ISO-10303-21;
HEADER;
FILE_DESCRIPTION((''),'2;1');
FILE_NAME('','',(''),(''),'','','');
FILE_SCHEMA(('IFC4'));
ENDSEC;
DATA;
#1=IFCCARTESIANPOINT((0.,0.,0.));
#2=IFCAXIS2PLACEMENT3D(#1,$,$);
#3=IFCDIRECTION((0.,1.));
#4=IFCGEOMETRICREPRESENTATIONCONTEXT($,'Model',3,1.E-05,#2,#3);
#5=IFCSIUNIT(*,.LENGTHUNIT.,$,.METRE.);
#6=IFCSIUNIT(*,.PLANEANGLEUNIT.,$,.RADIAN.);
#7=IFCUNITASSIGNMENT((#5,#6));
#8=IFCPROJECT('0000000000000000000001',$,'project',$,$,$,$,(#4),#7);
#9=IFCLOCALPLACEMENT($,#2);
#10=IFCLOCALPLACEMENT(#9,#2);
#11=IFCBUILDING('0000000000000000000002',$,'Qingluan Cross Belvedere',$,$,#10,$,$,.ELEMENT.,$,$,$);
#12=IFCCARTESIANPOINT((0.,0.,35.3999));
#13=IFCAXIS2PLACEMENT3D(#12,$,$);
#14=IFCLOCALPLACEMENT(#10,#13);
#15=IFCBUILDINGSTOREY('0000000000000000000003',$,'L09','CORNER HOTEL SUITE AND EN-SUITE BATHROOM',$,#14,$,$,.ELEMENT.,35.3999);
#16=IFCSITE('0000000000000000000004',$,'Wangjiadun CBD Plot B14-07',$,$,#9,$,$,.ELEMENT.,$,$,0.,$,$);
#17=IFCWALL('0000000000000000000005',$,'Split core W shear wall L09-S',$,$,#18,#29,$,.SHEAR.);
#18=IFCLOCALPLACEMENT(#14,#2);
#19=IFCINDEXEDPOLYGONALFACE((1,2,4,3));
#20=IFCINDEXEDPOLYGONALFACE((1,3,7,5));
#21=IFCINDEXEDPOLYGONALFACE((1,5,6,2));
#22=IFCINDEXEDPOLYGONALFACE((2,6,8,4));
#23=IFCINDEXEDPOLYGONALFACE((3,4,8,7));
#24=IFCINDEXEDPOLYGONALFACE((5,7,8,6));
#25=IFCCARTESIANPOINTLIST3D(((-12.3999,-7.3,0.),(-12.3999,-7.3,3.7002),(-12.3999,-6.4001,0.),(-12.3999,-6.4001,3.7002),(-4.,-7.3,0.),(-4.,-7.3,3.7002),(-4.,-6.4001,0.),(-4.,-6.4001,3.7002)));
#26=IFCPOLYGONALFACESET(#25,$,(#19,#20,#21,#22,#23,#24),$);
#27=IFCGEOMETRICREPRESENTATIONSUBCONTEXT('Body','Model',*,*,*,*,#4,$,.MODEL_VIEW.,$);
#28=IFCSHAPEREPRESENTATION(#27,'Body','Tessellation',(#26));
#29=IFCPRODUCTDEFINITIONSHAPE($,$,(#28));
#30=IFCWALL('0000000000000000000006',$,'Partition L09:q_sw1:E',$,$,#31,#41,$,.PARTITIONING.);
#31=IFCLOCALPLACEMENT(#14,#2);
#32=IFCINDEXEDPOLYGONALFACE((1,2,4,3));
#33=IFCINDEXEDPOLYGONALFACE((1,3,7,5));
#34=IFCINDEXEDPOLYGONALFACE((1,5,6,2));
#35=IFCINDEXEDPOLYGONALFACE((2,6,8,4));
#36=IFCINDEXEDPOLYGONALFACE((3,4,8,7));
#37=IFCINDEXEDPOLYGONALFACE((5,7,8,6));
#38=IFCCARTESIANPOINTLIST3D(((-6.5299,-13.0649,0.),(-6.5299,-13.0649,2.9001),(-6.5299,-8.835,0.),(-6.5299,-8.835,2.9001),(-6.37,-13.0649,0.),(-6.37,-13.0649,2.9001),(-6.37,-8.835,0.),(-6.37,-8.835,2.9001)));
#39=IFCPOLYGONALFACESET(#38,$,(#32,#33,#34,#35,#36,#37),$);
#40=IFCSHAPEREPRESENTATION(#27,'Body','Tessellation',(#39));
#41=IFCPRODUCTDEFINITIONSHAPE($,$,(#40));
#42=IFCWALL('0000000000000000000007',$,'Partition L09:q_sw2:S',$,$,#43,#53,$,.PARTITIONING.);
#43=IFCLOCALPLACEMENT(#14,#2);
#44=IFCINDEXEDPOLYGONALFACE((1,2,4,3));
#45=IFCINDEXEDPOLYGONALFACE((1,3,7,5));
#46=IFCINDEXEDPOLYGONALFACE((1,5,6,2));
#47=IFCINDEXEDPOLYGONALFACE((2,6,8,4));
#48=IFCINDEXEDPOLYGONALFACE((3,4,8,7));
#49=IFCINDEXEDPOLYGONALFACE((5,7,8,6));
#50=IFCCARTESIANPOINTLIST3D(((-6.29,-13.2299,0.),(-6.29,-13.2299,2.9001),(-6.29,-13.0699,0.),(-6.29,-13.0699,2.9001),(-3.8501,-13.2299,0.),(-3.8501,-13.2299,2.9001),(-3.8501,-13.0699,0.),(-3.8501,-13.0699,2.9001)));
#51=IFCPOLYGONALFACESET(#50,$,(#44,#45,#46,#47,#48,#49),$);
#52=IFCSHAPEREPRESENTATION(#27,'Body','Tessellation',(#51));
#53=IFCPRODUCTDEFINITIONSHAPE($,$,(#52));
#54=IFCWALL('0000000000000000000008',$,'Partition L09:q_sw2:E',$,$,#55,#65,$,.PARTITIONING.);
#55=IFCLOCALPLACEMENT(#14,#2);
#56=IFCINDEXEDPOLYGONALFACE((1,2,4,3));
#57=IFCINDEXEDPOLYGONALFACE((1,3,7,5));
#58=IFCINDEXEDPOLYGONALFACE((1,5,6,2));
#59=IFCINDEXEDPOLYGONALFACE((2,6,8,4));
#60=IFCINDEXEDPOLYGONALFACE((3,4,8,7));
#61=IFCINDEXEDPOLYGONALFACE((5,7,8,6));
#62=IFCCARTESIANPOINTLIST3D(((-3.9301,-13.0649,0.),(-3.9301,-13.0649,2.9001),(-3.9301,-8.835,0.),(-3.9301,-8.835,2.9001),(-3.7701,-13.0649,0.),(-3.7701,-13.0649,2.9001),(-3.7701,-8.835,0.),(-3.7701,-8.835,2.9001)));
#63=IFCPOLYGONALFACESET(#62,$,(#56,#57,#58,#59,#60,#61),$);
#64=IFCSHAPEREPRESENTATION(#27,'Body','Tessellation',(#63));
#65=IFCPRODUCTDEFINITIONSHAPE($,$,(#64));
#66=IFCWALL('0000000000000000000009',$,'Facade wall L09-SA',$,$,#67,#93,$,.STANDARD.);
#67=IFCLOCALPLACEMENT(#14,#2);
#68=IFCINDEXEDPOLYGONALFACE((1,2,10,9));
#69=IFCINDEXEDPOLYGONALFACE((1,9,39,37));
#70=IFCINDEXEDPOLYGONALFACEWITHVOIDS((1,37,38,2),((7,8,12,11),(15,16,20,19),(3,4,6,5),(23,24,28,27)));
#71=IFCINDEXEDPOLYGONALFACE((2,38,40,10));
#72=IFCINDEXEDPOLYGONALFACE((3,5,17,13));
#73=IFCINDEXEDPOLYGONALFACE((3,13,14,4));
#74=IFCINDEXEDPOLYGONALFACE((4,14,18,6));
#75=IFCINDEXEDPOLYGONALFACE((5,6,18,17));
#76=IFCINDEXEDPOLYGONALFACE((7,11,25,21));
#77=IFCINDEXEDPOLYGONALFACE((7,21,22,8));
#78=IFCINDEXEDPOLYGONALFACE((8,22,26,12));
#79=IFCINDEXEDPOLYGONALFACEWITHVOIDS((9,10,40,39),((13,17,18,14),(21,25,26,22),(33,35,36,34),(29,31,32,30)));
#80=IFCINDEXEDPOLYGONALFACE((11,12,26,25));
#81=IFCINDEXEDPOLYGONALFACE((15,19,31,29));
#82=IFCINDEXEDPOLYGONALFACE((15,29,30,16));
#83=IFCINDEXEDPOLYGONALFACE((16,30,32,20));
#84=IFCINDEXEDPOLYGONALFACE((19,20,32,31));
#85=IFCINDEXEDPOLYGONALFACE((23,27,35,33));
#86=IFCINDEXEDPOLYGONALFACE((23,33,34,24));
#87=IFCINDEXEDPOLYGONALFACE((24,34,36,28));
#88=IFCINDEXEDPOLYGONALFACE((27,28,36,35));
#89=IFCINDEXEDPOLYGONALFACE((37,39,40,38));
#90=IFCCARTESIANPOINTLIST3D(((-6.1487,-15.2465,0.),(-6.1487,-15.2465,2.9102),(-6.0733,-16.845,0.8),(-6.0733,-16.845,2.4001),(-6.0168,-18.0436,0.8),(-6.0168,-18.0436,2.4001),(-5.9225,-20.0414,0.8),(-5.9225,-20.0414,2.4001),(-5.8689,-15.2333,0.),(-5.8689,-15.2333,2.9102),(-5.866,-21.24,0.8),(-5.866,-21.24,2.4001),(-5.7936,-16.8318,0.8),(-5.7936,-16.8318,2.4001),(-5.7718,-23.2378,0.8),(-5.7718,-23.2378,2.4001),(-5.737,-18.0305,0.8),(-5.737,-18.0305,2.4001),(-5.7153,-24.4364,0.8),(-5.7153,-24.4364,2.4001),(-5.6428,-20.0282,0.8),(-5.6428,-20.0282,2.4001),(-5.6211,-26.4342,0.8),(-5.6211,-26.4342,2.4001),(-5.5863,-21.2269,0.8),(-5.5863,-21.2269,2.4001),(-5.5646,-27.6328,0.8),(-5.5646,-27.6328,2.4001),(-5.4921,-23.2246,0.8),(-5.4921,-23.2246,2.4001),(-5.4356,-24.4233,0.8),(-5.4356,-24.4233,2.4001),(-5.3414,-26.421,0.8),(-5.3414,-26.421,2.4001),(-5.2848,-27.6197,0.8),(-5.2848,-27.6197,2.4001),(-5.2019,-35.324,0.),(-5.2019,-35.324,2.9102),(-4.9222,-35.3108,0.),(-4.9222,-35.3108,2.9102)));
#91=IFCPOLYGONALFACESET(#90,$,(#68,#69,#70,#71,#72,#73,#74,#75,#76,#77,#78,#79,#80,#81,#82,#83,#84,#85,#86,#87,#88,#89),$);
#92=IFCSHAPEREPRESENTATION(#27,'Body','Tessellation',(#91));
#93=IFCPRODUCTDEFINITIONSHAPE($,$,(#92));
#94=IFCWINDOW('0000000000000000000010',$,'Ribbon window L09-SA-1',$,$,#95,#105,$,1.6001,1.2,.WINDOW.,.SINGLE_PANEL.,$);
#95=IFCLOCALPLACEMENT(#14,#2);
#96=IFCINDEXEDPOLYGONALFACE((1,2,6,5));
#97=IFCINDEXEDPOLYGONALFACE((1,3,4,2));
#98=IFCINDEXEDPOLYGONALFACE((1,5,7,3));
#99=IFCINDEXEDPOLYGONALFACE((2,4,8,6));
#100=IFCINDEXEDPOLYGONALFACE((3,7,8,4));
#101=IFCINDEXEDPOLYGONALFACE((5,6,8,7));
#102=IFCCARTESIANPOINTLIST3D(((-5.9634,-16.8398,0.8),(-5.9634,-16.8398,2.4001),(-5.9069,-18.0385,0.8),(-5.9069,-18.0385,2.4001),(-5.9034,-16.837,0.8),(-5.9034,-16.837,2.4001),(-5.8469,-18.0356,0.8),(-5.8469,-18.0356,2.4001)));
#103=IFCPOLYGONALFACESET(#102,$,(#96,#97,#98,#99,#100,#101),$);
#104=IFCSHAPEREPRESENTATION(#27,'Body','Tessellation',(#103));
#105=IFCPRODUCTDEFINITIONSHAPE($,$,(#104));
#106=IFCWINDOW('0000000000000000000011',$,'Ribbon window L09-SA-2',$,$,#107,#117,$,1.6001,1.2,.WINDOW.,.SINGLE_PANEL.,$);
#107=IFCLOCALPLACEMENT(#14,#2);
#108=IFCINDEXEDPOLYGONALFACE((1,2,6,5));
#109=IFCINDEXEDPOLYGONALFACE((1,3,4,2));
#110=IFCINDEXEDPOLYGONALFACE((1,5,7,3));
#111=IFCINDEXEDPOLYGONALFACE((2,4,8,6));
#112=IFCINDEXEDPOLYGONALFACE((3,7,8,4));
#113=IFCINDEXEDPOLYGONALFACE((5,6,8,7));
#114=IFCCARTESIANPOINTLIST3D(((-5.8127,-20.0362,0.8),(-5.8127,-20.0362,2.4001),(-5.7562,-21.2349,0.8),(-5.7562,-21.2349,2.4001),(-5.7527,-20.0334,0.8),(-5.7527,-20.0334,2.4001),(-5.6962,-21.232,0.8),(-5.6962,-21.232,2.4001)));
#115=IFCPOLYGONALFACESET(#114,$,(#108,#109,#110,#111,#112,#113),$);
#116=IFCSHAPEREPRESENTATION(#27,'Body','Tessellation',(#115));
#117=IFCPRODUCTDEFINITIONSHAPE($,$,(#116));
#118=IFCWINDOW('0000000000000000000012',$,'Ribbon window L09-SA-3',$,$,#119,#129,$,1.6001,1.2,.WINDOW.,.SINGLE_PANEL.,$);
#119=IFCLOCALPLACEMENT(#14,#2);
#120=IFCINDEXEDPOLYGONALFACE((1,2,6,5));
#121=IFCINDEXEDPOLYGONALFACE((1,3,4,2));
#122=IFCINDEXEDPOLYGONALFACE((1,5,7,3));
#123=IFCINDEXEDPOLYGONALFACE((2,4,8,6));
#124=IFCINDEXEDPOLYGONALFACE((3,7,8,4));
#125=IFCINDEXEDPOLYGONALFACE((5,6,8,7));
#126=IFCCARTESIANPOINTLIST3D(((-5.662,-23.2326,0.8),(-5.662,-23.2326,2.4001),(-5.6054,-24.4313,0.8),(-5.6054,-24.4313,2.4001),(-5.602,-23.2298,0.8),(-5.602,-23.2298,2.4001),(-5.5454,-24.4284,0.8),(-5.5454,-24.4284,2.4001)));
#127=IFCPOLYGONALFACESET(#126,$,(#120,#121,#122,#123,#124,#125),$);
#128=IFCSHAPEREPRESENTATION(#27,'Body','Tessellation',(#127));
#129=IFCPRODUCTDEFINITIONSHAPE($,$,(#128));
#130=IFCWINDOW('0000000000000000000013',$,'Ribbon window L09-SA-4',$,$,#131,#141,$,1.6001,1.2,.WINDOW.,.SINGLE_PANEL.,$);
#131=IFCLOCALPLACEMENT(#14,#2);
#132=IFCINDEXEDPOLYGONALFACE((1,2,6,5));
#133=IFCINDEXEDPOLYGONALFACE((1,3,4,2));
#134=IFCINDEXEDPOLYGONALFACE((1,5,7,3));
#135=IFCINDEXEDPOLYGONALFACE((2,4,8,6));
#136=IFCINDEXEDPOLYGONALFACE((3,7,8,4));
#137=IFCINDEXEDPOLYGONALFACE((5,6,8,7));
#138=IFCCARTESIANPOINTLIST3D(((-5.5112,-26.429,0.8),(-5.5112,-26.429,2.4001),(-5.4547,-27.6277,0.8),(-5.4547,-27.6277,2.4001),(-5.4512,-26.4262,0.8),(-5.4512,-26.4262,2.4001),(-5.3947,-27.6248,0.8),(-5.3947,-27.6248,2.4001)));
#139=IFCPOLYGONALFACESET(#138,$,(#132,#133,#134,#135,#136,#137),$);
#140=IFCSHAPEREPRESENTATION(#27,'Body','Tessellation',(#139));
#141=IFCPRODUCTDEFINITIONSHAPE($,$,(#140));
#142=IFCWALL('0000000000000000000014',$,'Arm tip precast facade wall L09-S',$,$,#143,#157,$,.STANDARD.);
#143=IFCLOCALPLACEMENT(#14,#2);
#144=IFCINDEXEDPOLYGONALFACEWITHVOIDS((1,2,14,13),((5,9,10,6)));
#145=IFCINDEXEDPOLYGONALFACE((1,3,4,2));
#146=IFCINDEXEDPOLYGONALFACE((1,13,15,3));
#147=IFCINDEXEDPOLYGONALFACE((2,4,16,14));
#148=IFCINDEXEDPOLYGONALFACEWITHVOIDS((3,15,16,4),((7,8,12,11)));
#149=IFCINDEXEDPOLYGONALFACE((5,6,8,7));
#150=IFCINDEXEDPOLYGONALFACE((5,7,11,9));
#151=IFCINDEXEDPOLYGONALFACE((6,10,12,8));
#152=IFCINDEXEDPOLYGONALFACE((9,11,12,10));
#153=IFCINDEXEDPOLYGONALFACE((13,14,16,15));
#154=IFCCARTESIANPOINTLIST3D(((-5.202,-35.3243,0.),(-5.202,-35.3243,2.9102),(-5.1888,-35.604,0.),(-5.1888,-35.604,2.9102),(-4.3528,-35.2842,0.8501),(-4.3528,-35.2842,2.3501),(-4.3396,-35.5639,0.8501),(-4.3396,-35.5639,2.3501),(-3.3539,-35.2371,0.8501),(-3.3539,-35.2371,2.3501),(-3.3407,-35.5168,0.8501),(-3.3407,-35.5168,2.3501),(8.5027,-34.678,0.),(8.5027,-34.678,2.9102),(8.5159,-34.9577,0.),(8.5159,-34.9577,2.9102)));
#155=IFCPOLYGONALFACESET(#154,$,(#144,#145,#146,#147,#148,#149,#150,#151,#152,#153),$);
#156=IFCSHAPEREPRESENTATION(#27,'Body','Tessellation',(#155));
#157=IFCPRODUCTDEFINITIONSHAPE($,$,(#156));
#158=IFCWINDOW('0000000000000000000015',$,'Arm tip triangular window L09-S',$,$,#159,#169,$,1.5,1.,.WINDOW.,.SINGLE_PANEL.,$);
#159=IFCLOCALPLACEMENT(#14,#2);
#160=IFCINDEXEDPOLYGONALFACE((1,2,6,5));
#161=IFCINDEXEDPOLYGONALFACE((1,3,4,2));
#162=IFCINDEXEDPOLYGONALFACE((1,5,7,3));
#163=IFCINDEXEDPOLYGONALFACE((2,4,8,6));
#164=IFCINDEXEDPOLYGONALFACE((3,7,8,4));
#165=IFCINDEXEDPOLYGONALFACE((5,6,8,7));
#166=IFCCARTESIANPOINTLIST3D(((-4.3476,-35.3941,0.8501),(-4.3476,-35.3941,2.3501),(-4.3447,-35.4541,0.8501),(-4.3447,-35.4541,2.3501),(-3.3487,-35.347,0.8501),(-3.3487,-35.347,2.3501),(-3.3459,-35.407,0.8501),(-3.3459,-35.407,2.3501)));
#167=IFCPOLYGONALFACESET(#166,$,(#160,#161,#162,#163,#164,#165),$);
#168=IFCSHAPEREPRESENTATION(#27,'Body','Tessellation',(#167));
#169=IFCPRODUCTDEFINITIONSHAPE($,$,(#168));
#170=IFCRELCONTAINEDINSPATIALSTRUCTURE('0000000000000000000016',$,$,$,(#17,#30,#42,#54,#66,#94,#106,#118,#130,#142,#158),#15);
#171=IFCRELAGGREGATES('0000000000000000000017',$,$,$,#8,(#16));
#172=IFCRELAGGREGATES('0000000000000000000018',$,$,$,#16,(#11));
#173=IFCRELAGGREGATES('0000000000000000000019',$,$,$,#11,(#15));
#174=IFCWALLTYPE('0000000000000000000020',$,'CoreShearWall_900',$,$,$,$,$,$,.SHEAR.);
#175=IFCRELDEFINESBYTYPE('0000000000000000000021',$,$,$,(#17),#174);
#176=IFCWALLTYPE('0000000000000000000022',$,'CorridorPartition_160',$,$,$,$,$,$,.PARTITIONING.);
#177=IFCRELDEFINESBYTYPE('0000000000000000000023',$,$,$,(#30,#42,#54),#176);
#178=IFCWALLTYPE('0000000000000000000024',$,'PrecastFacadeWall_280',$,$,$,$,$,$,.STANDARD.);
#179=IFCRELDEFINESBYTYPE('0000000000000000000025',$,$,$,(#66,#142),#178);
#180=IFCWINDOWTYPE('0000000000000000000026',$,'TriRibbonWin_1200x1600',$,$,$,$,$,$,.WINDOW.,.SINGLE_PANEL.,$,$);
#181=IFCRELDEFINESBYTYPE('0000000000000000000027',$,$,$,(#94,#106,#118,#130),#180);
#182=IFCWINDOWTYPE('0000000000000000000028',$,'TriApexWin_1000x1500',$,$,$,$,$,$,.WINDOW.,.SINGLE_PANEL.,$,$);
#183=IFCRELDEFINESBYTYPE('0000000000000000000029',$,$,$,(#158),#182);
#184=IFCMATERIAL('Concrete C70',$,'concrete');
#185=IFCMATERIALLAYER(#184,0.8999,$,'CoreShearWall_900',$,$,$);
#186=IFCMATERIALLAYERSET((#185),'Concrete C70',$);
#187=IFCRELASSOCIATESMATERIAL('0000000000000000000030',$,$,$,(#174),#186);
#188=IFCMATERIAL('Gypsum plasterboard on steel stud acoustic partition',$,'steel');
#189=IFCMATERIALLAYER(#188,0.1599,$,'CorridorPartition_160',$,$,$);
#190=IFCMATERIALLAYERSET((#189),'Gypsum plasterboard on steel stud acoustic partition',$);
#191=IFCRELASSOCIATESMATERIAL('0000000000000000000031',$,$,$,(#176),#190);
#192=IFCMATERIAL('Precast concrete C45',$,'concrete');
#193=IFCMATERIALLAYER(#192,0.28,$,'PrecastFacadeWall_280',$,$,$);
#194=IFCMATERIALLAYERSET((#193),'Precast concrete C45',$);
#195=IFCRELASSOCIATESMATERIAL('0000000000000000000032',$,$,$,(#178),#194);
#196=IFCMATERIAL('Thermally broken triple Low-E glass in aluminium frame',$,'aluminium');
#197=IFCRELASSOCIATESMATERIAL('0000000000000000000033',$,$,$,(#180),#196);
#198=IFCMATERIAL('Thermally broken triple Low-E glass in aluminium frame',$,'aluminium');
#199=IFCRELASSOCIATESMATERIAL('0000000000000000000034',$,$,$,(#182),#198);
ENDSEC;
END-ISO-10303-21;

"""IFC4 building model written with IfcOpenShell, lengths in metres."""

from ifc_helpers import new_model, si_unit, direction, frame, frame_2d, origin, place, context, subcontext, project, spatial, rectangle, extrude, material, layer, layer_set, type_object, element, fill, save


model = new_model("IFC4")

# Units and contexts
model_context = context("Model", 3, precision=1e-05, world=origin(), true_north=direction((0.0, 1.0)))
body_context = subcontext(model_context, "Body", "Model", "MODEL_VIEW")
ifc_project = project(units=[si_unit("LENGTHUNIT", "METRE"), si_unit("PLANEANGLEUNIT", "RADIAN")], contexts=[model_context])

# Site, building, storey
site_placement = place(None, origin())
site = spatial("IfcSite", under=ifc_project, at=site_placement, Name="Wangjiadun CBD Plot B14-07", CompositionType="ELEMENT", RefElevation=0.0)
building_placement = place(site_placement, origin())
building = spatial("IfcBuilding", under=site, at=building_placement, Name="Qingluan Cross Belvedere", CompositionType="ELEMENT")
storey_placement = place(building_placement, frame((0.0, 0.0, 35.3999)))
storey = spatial("IfcBuildingStorey", under=building, at=storey_placement, Name="L09", Description="CORNER HOTEL SUITE AND EN-SUITE BATHROOM", CompositionType="ELEMENT", Elevation=35.3999)

# Walls
ifc_material_1 = material(Name="Concrete C70", Category="concrete")
ifc_layer_1 = layer(ifc_material_1, 0.8999, Name="CoreShearWall_900")
ifc_layer_set_1 = layer_set([ifc_layer_1], Name="Concrete C70")
wall_type_1 = type_object("IfcWallType", Name="CoreShearWall_900", PredefinedType="SHEAR", material=ifc_layer_set_1)
wall_1_placement = place(storey_placement, frame((-12.3999, -6.8501, 0.0), z_axis=(0.0, 0.0, 1.0), x_axis=(1.0, 0.0, 0.0)))
element("IfcWall", 1, at=wall_1_placement, inside=storey, type_object=wall_type_1, Name="Split core W shear wall L09-S", PredefinedType="SHEAR", context=body_context, shape_type="SweptSolid", body=[
    extrude(rectangle(XDim=8.3999, YDim=0.8999, at=frame_2d((4.2, 0.0))), origin(), (0.0, 0.0, 1.0), 3.7002),
])
ifc_material_2 = material(Name="Gypsum plasterboard on steel stud acoustic partition", Category="steel")
ifc_layer_2 = layer(ifc_material_2, 0.1599, Name="CorridorPartition_160")
ifc_layer_set_2 = layer_set([ifc_layer_2], Name="Gypsum plasterboard on steel stud acoustic partition")
wall_type_2 = type_object("IfcWallType", Name="CorridorPartition_160", PredefinedType="PARTITIONING", material=ifc_layer_set_2)
wall_2_placement = place(storey_placement, frame((-6.45, -13.0649, 0.0), z_axis=(0.0, 0.0, 1.0), x_axis=(0.0, 1.0, 0.0)))
element("IfcWall", 2, at=wall_2_placement, inside=storey, type_object=wall_type_2, Name="Partition L09:q_sw1:E", PredefinedType="PARTITIONING", context=body_context, shape_type="SweptSolid", body=[
    extrude(rectangle(XDim=4.23, YDim=0.1599, at=frame_2d((2.115, 0.0))), origin(), (0.0, 0.0, 1.0), 2.9001),
])
wall_3_placement = place(storey_placement, frame((-6.29, -13.1499, 0.0), z_axis=(0.0, 0.0, 1.0), x_axis=(1.0, 0.0, 0.0)))
element("IfcWall", 3, at=wall_3_placement, inside=storey, type_object=wall_type_2, Name="Partition L09:q_sw2:S", PredefinedType="PARTITIONING", context=body_context, shape_type="SweptSolid", body=[
    extrude(rectangle(XDim=2.4399, YDim=0.1599, at=frame_2d((1.22, 0.0))), origin(), (0.0, 0.0, 1.0), 2.9001),
])

# Wall
wall_4_placement = place(storey_placement, frame((-3.8501, -13.0649, 0.0), z_axis=(0.0, 0.0, 1.0), x_axis=(0.0, 1.0, 0.0)))
element("IfcWall", 4, at=wall_4_placement, inside=storey, type_object=wall_type_2, Name="Partition L09:q_sw2:E", PredefinedType="PARTITIONING", context=body_context, shape_type="SweptSolid", body=[
    extrude(rectangle(XDim=4.23, YDim=0.1599, at=frame_2d((2.115, 0.0))), origin(), (0.0, 0.0, 1.0), 2.9001),
])

# Wall, openings, windows
ifc_material_3 = material(Name="Precast concrete C45", Category="concrete")
ifc_layer_3 = layer(ifc_material_3, 0.28, Name="PrecastFacadeWall_280")
ifc_layer_set_3 = layer_set([ifc_layer_3], Name="Precast concrete C45")
wall_type_3 = type_object("IfcWallType", Name="PrecastFacadeWall_280", PredefinedType="STANDARD", material=ifc_layer_set_3)
wall_5_placement = place(storey_placement, frame((-6.0088, -15.24, 0.0), z_axis=(0.0, 0.0, 1.0), x_axis=(0.047103, -0.99889, 0.0)))
wall_5 = element("IfcWall", 5, at=wall_5_placement, inside=storey, type_object=wall_type_3, Name="Facade wall L09-SA", PredefinedType="STANDARD", context=body_context, shape_type="SweptSolid", body=[
    extrude(rectangle(XDim=20.0999, YDim=0.28, at=frame_2d((10.0498, 0.0))), origin(), (0.0, 0.0, 1.0), 2.9102),
])
opening_1_placement = place(wall_5_placement, frame((1.6001, 0.0, 0.8)))
opening_1 = element("IfcOpeningElement", 6, at=opening_1_placement, cuts=wall_5, PredefinedType="OPENING", context=body_context, shape_type="SweptSolid", body=[
    extrude(rectangle(XDim=1.2, YDim=1.6001, at=frame_2d((0.6001, 0.8))), frame((0.0, 0.1499, 0.0), z_axis=(0.0, -1.0, 0.0), x_axis=(1.0, 0.0, 0.0)), (0.0, 0.0, 1.0), 0.3),
])
opening_2_placement = place(wall_5_placement, frame((4.8, 0.0, 0.8)))
opening_2 = element("IfcOpeningElement", 7, at=opening_2_placement, cuts=wall_5, PredefinedType="OPENING", context=body_context, shape_type="SweptSolid", body=[
    extrude(rectangle(XDim=1.2, YDim=1.6001, at=frame_2d((0.6001, 0.8))), frame((0.0, 0.1499, 0.0), z_axis=(0.0, -1.0, 0.0), x_axis=(1.0, 0.0, 0.0)), (0.0, 0.0, 1.0), 0.3),
])
opening_3_placement = place(wall_5_placement, frame((8.0, 0.0, 0.8)))
opening_3 = element("IfcOpeningElement", 8, at=opening_3_placement, cuts=wall_5, PredefinedType="OPENING", context=body_context, shape_type="SweptSolid", body=[
    extrude(rectangle(XDim=1.2, YDim=1.6001, at=frame_2d((0.6001, 0.8))), frame((0.0, 0.1499, 0.0), z_axis=(0.0, -1.0, 0.0), x_axis=(1.0, 0.0, 0.0)), (0.0, 0.0, 1.0), 0.3),
])
opening_4_placement = place(wall_5_placement, frame((11.2, 0.0, 0.8)))
opening_4 = element("IfcOpeningElement", 9, at=opening_4_placement, cuts=wall_5, PredefinedType="OPENING", context=body_context, shape_type="SweptSolid", body=[
    extrude(rectangle(XDim=1.2, YDim=1.6001, at=frame_2d((0.6001, 0.8))), frame((0.0, 0.1499, 0.0), z_axis=(0.0, -1.0, 0.0), x_axis=(1.0, 0.0, 0.0)), (0.0, 0.0, 1.0), 0.3),
])
ifc_material_4 = material(Name="Thermally broken triple Low-E glass in aluminium frame", Category="aluminium")
window_type_1 = type_object("IfcWindowType", Name="TriRibbonWin_1200x1600", PartitioningType="SINGLE_PANEL", PredefinedType="WINDOW", material=ifc_material_4)
window_1_placement = place(opening_1_placement, origin())
window_1 = element("IfcWindow", 10, at=window_1_placement, inside=storey, type_object=window_type_1, Name="Ribbon window L09-SA-1", OverallHeight=1.6001, OverallWidth=1.2, PartitioningType="SINGLE_PANEL", PredefinedType="WINDOW", context=body_context, shape_type="SweptSolid", body=[
    extrude(rectangle(XDim=1.2, YDim=1.6001, at=frame_2d((0.6001, 0.8))), frame((0.0, 0.03, 0.0), z_axis=(0.0, -1.0, 0.0), x_axis=(1.0, 0.0, 0.0)), (0.0, 0.0, 1.0), 0.0601),
])
fill(opening_1, window_1)
window_2_placement = place(opening_2_placement, origin())
window_2 = element("IfcWindow", 11, at=window_2_placement, inside=storey, type_object=window_type_1, Name="Ribbon window L09-SA-2", OverallHeight=1.6001, OverallWidth=1.2, PartitioningType="SINGLE_PANEL", PredefinedType="WINDOW", context=body_context, shape_type="SweptSolid", body=[
    extrude(rectangle(XDim=1.2, YDim=1.6001, at=frame_2d((0.6001, 0.8))), frame((0.0, 0.03, 0.0), z_axis=(0.0, -1.0, 0.0), x_axis=(1.0, 0.0, 0.0)), (0.0, 0.0, 1.0), 0.0601),
])
fill(opening_2, window_2)
window_3_placement = place(opening_3_placement, origin())
window_3 = element("IfcWindow", 12, at=window_3_placement, inside=storey, type_object=window_type_1, Name="Ribbon window L09-SA-3", OverallHeight=1.6001, OverallWidth=1.2, PartitioningType="SINGLE_PANEL", PredefinedType="WINDOW", context=body_context, shape_type="SweptSolid", body=[
    extrude(rectangle(XDim=1.2, YDim=1.6001, at=frame_2d((0.6001, 0.8))), frame((0.0, 0.03, 0.0), z_axis=(0.0, -1.0, 0.0), x_axis=(1.0, 0.0, 0.0)), (0.0, 0.0, 1.0), 0.0601),
])
fill(opening_3, window_3)
window_4_placement = place(opening_4_placement, origin())
window_4 = element("IfcWindow", 13, at=window_4_placement, inside=storey, type_object=window_type_1, Name="Ribbon window L09-SA-4", OverallHeight=1.6001, OverallWidth=1.2, PartitioningType="SINGLE_PANEL", PredefinedType="WINDOW", context=body_context, shape_type="SweptSolid", body=[
    extrude(rectangle(XDim=1.2, YDim=1.6001, at=frame_2d((0.6001, 0.8))), frame((0.0, 0.03, 0.0), z_axis=(0.0, -1.0, 0.0), x_axis=(1.0, 0.0, 0.0)), (0.0, 0.0, 1.0), 0.0601),
])
fill(opening_4, window_4)

# Wall, opening, window
wall_6_placement = place(storey_placement, frame((-5.1953, -35.4641, 0.0), z_axis=(0.0, 0.0, 1.0), x_axis=(0.99889, 0.047102, 0.0)))
wall_6 = element("IfcWall", 14, at=wall_6_placement, inside=storey, type_object=wall_type_3, Name="Arm tip precast facade wall L09-S", PredefinedType="STANDARD", context=body_context, shape_type="SweptSolid", body=[
    extrude(rectangle(XDim=13.72, YDim=0.28, at=frame_2d((6.8599, 0.0))), origin(), (0.0, 0.0, 1.0), 2.9102),
])
opening_5_placement = place(wall_6_placement, frame((0.8501, 0.0, 0.8501)))
opening_5 = element("IfcOpeningElement", 15, at=opening_5_placement, cuts=wall_6, PredefinedType="OPENING", context=body_context, shape_type="SweptSolid", body=[
    extrude(rectangle(XDim=1.0, YDim=1.5, at=frame_2d((0.5, 0.75))), frame((0.0, 0.1499, 0.0), z_axis=(0.0, -1.0, 0.0), x_axis=(1.0, 0.0, 0.0)), (0.0, 0.0, 1.0), 0.3),
])
ifc_material_5 = material(Name="Thermally broken triple Low-E glass in aluminium frame", Category="aluminium")
window_type_2 = type_object("IfcWindowType", Name="TriApexWin_1000x1500", PartitioningType="SINGLE_PANEL", PredefinedType="WINDOW", material=ifc_material_5)
window_5_placement = place(opening_5_placement, origin())
window_5 = element("IfcWindow", 16, at=window_5_placement, inside=storey, type_object=window_type_2, Name="Arm tip triangular window L09-S", OverallHeight=1.5, OverallWidth=1.0, PartitioningType="SINGLE_PANEL", PredefinedType="WINDOW", context=body_context, shape_type="SweptSolid", body=[
    extrude(rectangle(XDim=1.0, YDim=1.5, at=frame_2d((0.5, 0.75))), frame((0.0, 0.03, 0.0), z_axis=(0.0, -1.0, 0.0), x_axis=(1.0, 0.0, 0.0)), (0.0, 0.0, 1.0), 0.0601),
])
fill(opening_5, window_5)

save(model, "model.ifc")
